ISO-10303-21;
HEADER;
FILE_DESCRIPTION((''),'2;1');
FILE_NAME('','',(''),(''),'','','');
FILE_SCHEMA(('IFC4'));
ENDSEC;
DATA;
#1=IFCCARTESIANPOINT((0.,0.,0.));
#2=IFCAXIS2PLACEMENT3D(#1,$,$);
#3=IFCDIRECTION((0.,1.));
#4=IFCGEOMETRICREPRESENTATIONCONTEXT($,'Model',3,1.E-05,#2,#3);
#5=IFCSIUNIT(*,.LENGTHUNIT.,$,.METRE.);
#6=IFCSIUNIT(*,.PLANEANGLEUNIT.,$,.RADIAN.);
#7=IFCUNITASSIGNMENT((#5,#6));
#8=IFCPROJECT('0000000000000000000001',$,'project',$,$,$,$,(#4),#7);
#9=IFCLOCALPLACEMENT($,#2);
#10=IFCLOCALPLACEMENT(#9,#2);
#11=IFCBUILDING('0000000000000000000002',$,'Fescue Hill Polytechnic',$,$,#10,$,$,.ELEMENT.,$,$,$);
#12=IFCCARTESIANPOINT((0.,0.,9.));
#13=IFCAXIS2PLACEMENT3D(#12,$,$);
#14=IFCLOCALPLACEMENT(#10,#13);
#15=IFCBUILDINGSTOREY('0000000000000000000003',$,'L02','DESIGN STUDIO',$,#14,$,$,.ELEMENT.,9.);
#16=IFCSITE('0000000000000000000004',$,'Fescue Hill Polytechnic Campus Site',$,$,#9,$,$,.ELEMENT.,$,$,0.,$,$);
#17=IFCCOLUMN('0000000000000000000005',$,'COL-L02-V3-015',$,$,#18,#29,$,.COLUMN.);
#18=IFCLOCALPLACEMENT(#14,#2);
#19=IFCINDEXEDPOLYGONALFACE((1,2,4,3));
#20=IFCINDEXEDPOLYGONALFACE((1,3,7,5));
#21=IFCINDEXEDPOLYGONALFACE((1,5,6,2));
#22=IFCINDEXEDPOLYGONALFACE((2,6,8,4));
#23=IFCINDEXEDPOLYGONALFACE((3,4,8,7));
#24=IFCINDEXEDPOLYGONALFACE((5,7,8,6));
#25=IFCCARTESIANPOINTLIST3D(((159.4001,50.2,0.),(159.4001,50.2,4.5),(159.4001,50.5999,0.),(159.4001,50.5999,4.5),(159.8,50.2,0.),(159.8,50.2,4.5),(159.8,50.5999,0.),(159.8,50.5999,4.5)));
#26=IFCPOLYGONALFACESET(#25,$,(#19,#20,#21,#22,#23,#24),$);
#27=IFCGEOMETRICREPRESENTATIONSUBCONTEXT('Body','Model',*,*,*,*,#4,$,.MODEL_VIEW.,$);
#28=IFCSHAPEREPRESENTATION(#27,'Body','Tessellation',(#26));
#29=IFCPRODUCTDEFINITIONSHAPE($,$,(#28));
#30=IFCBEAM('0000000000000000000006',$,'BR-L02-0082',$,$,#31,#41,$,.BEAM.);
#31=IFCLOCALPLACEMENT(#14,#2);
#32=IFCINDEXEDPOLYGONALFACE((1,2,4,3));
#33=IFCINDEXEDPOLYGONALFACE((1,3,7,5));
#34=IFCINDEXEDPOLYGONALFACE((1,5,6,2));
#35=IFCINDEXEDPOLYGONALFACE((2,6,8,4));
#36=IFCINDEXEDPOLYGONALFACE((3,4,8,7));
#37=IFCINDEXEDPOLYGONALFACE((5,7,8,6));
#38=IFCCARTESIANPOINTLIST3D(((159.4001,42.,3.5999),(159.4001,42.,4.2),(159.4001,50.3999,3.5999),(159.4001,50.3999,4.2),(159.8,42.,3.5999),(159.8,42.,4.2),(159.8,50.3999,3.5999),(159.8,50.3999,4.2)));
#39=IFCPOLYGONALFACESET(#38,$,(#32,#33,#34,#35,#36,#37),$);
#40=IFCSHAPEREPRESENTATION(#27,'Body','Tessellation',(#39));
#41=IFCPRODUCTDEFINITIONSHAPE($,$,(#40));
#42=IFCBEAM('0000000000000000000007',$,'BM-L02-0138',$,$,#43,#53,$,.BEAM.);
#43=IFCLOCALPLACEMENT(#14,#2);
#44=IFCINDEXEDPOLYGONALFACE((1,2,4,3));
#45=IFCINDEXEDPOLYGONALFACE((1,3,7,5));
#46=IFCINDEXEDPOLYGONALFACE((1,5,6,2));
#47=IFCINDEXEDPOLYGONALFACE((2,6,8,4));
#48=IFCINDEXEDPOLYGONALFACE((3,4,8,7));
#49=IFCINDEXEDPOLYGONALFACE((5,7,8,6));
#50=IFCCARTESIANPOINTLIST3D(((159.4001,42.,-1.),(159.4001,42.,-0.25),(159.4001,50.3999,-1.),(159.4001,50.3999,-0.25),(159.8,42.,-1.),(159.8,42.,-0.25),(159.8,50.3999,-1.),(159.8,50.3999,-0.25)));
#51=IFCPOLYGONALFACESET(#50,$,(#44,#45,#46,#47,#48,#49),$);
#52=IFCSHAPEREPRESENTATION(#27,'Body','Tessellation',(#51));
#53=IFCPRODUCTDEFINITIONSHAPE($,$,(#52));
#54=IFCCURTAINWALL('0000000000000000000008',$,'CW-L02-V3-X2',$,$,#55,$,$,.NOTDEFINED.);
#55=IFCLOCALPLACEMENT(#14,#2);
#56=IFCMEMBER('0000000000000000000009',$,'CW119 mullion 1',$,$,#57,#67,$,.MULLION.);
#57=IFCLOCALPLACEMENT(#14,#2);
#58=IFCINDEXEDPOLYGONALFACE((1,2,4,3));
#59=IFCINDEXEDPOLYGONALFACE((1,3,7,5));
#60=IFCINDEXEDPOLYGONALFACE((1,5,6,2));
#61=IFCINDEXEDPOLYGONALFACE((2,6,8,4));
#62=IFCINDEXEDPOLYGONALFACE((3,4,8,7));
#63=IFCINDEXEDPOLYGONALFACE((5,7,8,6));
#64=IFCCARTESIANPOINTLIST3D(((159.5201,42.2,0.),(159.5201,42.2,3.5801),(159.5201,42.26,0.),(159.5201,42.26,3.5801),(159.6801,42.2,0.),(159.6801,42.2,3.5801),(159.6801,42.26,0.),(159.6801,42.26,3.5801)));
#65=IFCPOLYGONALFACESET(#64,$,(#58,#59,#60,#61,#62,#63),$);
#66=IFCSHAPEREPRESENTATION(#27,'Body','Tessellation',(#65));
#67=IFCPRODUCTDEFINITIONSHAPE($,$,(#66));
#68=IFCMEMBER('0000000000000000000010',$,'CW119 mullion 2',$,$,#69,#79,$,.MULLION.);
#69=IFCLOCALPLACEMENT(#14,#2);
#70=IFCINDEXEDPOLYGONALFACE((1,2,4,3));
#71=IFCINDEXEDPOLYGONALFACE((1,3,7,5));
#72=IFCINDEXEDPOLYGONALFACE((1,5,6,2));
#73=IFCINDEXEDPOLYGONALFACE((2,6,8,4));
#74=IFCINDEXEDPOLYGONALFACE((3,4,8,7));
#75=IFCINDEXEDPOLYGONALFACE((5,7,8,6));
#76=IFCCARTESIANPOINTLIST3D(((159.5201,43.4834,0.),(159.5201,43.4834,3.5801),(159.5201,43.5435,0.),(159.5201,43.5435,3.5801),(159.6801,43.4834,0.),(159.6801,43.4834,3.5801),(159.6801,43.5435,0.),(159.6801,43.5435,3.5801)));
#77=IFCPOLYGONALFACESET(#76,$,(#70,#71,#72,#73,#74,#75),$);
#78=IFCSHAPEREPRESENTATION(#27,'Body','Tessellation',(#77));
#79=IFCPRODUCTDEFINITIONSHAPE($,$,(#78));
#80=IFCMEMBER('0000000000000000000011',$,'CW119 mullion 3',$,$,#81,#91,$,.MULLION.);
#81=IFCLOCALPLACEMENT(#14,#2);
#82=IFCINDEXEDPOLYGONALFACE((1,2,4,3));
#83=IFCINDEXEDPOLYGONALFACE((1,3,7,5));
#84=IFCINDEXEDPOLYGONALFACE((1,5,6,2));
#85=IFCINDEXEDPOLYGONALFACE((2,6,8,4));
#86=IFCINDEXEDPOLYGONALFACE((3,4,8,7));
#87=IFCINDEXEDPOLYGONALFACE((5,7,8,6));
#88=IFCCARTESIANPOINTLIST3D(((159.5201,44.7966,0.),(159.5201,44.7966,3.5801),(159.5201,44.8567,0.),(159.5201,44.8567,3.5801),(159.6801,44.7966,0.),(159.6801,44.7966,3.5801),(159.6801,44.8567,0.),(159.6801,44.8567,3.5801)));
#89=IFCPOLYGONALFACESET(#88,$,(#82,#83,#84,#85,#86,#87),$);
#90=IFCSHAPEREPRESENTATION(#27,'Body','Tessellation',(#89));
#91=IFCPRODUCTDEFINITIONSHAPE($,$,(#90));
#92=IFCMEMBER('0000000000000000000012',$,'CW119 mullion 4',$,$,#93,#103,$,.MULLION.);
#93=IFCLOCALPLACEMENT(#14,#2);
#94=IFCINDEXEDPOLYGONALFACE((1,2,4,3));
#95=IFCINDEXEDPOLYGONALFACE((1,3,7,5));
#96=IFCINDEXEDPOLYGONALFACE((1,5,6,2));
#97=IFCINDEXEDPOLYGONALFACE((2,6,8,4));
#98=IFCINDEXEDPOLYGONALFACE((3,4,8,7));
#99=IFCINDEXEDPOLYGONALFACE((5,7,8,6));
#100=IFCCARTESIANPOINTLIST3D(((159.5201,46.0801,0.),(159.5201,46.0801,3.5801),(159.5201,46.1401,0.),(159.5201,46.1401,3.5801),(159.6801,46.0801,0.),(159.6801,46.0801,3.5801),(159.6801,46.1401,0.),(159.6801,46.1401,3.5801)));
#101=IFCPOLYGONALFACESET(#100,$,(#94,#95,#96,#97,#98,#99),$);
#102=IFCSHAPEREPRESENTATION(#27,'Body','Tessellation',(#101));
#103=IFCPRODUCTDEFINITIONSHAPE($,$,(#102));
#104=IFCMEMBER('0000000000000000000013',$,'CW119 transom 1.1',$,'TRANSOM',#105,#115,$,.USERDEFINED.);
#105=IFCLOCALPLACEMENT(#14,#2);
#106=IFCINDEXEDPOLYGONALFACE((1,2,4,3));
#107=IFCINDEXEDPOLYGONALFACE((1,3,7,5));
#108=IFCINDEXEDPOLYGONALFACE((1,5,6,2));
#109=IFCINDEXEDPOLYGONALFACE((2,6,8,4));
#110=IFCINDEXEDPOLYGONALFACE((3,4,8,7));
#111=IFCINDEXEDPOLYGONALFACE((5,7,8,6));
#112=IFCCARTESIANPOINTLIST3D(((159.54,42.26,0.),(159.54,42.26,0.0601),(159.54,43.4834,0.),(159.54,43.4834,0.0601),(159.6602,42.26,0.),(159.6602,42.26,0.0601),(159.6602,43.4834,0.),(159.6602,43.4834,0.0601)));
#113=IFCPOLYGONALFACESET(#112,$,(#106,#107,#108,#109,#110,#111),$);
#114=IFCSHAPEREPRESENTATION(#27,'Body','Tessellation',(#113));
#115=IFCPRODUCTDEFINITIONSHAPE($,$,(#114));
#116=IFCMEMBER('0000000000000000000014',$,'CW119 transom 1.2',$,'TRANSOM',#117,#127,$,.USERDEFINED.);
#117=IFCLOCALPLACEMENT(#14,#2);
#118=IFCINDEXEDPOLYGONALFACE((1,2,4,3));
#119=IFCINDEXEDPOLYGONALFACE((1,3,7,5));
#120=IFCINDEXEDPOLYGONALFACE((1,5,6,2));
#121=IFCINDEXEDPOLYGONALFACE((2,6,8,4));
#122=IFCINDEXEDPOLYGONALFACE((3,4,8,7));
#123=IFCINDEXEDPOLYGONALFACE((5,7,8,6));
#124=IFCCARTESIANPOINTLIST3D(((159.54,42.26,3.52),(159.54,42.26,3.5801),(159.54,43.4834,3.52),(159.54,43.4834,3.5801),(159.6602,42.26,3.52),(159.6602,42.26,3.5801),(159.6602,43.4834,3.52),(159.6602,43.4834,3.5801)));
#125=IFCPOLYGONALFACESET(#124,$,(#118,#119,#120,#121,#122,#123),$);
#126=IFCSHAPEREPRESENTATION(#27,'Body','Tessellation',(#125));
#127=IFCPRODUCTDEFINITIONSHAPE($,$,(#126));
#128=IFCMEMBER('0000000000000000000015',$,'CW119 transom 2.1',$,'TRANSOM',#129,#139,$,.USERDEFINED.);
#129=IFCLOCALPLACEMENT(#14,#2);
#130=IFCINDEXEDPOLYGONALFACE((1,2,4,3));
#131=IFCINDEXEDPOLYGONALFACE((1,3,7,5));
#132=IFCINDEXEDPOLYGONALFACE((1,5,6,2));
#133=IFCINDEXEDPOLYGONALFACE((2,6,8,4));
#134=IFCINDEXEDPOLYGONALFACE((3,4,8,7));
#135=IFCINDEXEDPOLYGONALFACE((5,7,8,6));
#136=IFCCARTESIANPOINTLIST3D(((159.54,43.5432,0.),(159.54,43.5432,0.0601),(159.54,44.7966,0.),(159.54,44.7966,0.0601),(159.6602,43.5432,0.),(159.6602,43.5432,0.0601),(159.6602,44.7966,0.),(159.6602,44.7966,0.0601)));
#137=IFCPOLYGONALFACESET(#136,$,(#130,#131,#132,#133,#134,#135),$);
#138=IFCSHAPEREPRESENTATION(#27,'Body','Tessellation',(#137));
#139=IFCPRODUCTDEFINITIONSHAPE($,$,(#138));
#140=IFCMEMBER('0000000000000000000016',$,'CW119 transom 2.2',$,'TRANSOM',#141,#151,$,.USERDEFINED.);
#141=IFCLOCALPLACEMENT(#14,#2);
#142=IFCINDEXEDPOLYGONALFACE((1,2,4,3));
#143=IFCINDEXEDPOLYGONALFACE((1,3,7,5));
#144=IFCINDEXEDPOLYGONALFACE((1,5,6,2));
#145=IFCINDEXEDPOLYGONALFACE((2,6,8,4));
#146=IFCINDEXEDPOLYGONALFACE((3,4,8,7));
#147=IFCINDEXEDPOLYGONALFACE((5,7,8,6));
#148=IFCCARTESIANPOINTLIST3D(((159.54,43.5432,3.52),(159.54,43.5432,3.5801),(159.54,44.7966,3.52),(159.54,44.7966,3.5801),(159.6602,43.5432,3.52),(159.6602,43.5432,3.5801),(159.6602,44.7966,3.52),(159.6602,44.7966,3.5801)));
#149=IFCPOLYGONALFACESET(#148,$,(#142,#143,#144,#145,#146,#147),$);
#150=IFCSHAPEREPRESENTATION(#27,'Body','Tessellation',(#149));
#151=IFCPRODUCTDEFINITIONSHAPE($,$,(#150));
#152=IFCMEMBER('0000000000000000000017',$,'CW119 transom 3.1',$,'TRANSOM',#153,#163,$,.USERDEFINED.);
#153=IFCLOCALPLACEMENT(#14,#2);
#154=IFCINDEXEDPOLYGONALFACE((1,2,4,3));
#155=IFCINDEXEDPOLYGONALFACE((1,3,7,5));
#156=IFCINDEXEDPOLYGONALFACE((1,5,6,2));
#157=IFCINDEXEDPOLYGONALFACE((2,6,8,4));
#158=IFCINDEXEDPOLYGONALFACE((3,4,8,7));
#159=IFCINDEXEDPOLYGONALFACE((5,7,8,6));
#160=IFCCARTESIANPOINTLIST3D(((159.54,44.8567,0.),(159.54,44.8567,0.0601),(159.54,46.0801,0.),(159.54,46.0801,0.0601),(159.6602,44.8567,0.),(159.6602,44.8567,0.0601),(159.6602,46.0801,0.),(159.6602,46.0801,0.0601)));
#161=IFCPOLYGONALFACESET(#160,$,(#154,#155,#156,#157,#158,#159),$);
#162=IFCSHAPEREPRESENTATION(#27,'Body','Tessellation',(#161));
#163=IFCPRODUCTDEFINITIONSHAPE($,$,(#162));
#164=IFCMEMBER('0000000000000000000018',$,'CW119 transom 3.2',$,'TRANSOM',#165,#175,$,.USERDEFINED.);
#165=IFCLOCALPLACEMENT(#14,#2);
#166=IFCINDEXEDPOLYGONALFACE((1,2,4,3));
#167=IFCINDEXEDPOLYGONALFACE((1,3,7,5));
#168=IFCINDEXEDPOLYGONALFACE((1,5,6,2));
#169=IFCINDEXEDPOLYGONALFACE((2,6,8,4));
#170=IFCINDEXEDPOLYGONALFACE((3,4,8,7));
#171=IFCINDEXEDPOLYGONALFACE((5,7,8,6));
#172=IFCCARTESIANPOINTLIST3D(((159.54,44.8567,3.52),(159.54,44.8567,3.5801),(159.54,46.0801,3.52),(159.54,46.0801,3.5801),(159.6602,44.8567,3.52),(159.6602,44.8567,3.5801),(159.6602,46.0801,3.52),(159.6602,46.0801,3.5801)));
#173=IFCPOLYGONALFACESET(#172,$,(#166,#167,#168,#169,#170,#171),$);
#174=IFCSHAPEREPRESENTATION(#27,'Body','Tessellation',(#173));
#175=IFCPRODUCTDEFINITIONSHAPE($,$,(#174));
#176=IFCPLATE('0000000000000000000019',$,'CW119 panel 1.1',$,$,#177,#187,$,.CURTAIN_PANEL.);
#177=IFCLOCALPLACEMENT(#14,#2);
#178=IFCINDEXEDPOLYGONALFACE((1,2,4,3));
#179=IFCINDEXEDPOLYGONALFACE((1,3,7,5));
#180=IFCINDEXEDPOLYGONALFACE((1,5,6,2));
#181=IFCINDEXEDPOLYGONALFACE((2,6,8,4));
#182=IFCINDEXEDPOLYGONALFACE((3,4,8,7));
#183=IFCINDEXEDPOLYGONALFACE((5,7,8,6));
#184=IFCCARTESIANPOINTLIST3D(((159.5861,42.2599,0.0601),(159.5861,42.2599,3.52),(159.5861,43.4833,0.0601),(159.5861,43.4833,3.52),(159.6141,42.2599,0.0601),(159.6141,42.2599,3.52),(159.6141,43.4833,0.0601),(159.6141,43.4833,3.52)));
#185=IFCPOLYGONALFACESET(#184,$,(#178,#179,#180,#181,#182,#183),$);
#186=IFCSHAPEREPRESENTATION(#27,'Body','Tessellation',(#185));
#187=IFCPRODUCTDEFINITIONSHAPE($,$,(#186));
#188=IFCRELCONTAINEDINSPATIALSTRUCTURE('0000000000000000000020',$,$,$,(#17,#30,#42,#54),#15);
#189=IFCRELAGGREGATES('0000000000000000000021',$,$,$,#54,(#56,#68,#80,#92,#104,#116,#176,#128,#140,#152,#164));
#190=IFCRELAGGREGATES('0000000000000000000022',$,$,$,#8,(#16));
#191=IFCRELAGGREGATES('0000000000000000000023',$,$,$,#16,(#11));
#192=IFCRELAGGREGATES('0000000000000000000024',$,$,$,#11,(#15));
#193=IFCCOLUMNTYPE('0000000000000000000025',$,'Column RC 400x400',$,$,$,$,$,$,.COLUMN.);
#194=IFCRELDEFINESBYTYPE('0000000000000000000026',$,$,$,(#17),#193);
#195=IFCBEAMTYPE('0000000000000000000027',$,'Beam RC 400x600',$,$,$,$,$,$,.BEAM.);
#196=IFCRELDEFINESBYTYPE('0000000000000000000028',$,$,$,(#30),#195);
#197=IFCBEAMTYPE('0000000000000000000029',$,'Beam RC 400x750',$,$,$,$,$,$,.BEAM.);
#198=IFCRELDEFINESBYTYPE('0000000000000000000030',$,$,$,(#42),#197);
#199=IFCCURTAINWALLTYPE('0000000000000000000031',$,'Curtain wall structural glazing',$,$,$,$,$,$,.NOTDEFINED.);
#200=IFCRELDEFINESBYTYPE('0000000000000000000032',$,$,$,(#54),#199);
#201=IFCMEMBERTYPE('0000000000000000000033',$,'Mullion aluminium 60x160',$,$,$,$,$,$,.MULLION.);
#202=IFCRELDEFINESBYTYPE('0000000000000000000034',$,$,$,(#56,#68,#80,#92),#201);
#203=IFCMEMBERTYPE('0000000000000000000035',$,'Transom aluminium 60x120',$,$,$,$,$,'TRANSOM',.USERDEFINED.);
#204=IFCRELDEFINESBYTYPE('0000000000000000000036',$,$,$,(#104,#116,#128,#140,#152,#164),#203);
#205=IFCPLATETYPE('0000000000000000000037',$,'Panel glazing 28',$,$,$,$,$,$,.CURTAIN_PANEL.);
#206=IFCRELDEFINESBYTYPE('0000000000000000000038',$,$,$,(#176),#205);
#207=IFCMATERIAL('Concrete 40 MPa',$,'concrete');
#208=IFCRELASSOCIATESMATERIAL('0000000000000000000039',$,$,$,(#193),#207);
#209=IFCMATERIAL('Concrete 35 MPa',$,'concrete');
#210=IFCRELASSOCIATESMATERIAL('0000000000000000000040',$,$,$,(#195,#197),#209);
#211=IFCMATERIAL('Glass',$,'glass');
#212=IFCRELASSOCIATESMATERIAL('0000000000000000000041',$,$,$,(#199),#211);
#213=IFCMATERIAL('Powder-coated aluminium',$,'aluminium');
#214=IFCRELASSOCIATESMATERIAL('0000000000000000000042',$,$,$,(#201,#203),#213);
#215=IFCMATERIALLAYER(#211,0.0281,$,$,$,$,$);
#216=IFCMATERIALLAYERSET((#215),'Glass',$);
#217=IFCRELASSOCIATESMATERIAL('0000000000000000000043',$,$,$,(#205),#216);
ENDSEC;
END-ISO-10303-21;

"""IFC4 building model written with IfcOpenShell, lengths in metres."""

from ifc_helpers import new_model, si_unit, direction, frame, origin, origin_2d, place, context, subcontext, project, spatial, rectangle, extrude, material, layer, layer_set, material_profile, profile_set, type_object, element, aggregate, save


model = new_model("IFC4")

# Units and contexts
model_context = context("Model", 3, precision=1e-05, world=origin(), true_north=direction((0.0, 1.0)))
body_context = subcontext(model_context, "Body", "Model", "MODEL_VIEW")
ifc_project = project(units=[si_unit("LENGTHUNIT", "METRE"), si_unit("PLANEANGLEUNIT", "RADIAN")], contexts=[model_context])

# Site, building, storey
site_placement = place(None, origin())
site = spatial("IfcSite", under=ifc_project, at=site_placement, Name="Fescue Hill Polytechnic Campus Site", CompositionType="ELEMENT", RefElevation=0.0)
building_placement = place(site_placement, origin())
building = spatial("IfcBuilding", under=site, at=building_placement, Name="Fescue Hill Polytechnic", CompositionType="ELEMENT")
storey_placement = place(building_placement, frame((0.0, 0.0, 9.0)))
storey = spatial("IfcBuildingStorey", under=building, at=storey_placement, Name="L02", Description="DESIGN STUDIO", CompositionType="ELEMENT", Elevation=9.0)

# Column
ifc_material_1 = material(Name="Concrete 40 MPa", Category="concrete")
ifc_material_profile_1 = material_profile(ifc_material_1, rectangle(XDim=0.3999, YDim=0.3999, at=origin_2d()), Name="RC 400x400")
ifc_profile_set_1 = profile_set([ifc_material_profile_1], Name="Concrete 40 MPa")
column_type = type_object("IfcColumnType", Name="Column RC 400x400", PredefinedType="COLUMN", material=ifc_profile_set_1)
column_placement = place(storey_placement, frame((159.6001, 50.3999, 0.0), z_axis=(0.0, 0.0, 1.0), x_axis=(1.0, 0.0, 0.0)))
element("IfcColumn", 1, at=column_placement, inside=storey, type_object=column_type, Name="COL-L02-V3-015", PredefinedType="COLUMN", context=body_context, shape_type="SweptSolid", body=[
    extrude(rectangle(XDim=0.3999, YDim=0.3999, at=origin_2d()), origin(), (0.0, 0.0, 1.0), 4.5),
])

# Beams
ifc_material_2 = material(Name="Concrete 35 MPa", Category="concrete")
ifc_material_profile_2 = material_profile(ifc_material_2, rectangle(XDim=0.3999, YDim=0.6001, at=origin_2d()), Name="RC 400x600")
ifc_profile_set_2 = profile_set([ifc_material_profile_2], Name="Concrete 35 MPa")
beam_type_1 = type_object("IfcBeamType", Name="Beam RC 400x600", PredefinedType="BEAM", material=ifc_profile_set_2)
beam_1_placement = place(storey_placement, frame((159.6001, 42.0, 3.8999), z_axis=(0.0, 1.0, 0.0), x_axis=(-1.0, 0.0, 0.0)))
element("IfcBeam", 2, at=beam_1_placement, inside=storey, type_object=beam_type_1, Name="BR-L02-0082", PredefinedType="BEAM", context=body_context, shape_type="SweptSolid", body=[
    extrude(rectangle(XDim=0.3999, YDim=0.6001, at=origin_2d()), origin(), (0.0, 0.0, 1.0), 8.3999),
])
ifc_material_profile_3 = material_profile(ifc_material_2, rectangle(XDim=0.3999, YDim=0.75, at=origin_2d()), Name="RC 400x750")
ifc_profile_set_3 = profile_set([ifc_material_profile_3], Name="Concrete 35 MPa")
beam_type_2 = type_object("IfcBeamType", Name="Beam RC 400x750", PredefinedType="BEAM", material=ifc_profile_set_3)
beam_2_placement = place(storey_placement, frame((159.6001, 42.0, -0.625), z_axis=(0.0, 1.0, 0.0), x_axis=(-1.0, 0.0, 0.0)))
element("IfcBeam", 3, at=beam_2_placement, inside=storey, type_object=beam_type_2, Name="BM-L02-0138", PredefinedType="BEAM", context=body_context, shape_type="SweptSolid", body=[
    extrude(rectangle(XDim=0.3999, YDim=0.75, at=origin_2d()), origin(), (0.0, 0.0, 1.0), 8.3999),
])

# Curtain wall, members, plate
ifc_material_3 = material(Name="Glass", Category="glass")
curtain_wall_type = type_object("IfcCurtainWallType", Name="Curtain wall structural glazing", PredefinedType="NOTDEFINED", material=ifc_material_3)
curtain_wall_placement = place(storey_placement, origin())
curtain_wall = element("IfcCurtainWall", 4, at=curtain_wall_placement, inside=storey, type_object=curtain_wall_type, Name="CW-L02-V3-X2", PredefinedType="NOTDEFINED")
ifc_material_4 = material(Name="Powder-coated aluminium", Category="aluminium")
ifc_material_profile_4 = material_profile(ifc_material_4, rectangle(XDim=0.1599, YDim=0.0601, at=origin_2d()), Name="Mullion aluminium 60x160")
ifc_profile_set_4 = profile_set([ifc_material_profile_4], Name="Powder-coated aluminium")
member_type_1 = type_object("IfcMemberType", Name="Mullion aluminium 60x160", PredefinedType="MULLION", material=ifc_profile_set_4)
member_1_placement = place(storey_placement, frame((159.6001, 42.23, 0.0), z_axis=(0.0, 0.0, 1.0), x_axis=(-1.0, 0.0, 0.0)))
member_1 = element("IfcMember", 5, at=member_1_placement, type_object=member_type_1, Name="CW119 mullion 1", PredefinedType="MULLION", context=body_context, shape_type="SweptSolid", body=[
    extrude(rectangle(XDim=0.1599, YDim=0.0601, at=origin_2d()), origin(), (0.0, 0.0, 1.0), 3.5801),
])
member_2_placement = place(storey_placement, frame((159.6001, 43.5134, 0.0), z_axis=(0.0, 0.0, 1.0), x_axis=(-1.0, 0.0, 0.0)))
member_2 = element("IfcMember", 6, at=member_2_placement, type_object=member_type_1, Name="CW119 mullion 2", PredefinedType="MULLION", context=body_context, shape_type="SweptSolid", body=[
    extrude(rectangle(XDim=0.1599, YDim=0.0601, at=origin_2d()), origin(), (0.0, 0.0, 1.0), 3.5801),
])
member_3_placement = place(storey_placement, frame((159.6001, 44.8267, 0.0), z_axis=(0.0, 0.0, 1.0), x_axis=(-1.0, 0.0, 0.0)))
member_3 = element("IfcMember", 7, at=member_3_placement, type_object=member_type_1, Name="CW119 mullion 3", PredefinedType="MULLION", context=body_context, shape_type="SweptSolid", body=[
    extrude(rectangle(XDim=0.1599, YDim=0.0601, at=origin_2d()), origin(), (0.0, 0.0, 1.0), 3.5801),
])
member_4_placement = place(storey_placement, frame((159.6001, 46.1101, 0.0), z_axis=(0.0, 0.0, 1.0), x_axis=(-1.0, 0.0, 0.0)))
member_4 = element("IfcMember", 8, at=member_4_placement, type_object=member_type_1, Name="CW119 mullion 4", PredefinedType="MULLION", context=body_context, shape_type="SweptSolid", body=[
    extrude(rectangle(XDim=0.1599, YDim=0.0601, at=origin_2d()), origin(), (0.0, 0.0, 1.0), 3.5801),
])
ifc_material_profile_5 = material_profile(ifc_material_4, rectangle(XDim=0.1201, YDim=0.0601, at=origin_2d()), Name="Transom aluminium 60x120")
ifc_profile_set_5 = profile_set([ifc_material_profile_5], Name="Powder-coated aluminium")
member_type_2 = type_object("IfcMemberType", Name="Transom aluminium 60x120", ElementType="TRANSOM", PredefinedType="USERDEFINED", material=ifc_profile_set_5)
member_5_placement = place(storey_placement, frame((159.6001, 42.26, 0.03), z_axis=(0.0, 1.0, 0.0), x_axis=(-1.0, 0.0, 0.0)))
member_5 = element("IfcMember", 9, at=member_5_placement, type_object=member_type_2, Name="CW119 transom 1.1", ObjectType="TRANSOM", PredefinedType="USERDEFINED", context=body_context, shape_type="SweptSolid", body=[
    extrude(rectangle(XDim=0.1201, YDim=0.0601, at=origin_2d()), origin(), (0.0, 0.0, 1.0), 1.2234),
])
member_6_placement = place(storey_placement, frame((159.6001, 42.26, 3.55), z_axis=(0.0, 1.0, 0.0), x_axis=(-1.0, 0.0, 0.0)))
member_6 = element("IfcMember", 10, at=member_6_placement, type_object=member_type_2, Name="CW119 transom 1.2", ObjectType="TRANSOM", PredefinedType="USERDEFINED", context=body_context, shape_type="SweptSolid", body=[
    extrude(rectangle(XDim=0.1201, YDim=0.0601, at=origin_2d()), origin(), (0.0, 0.0, 1.0), 1.2234),
])
member_7_placement = place(storey_placement, frame((159.6001, 43.5432, 0.03), z_axis=(0.0, 1.0, 0.0), x_axis=(-1.0, 0.0, 0.0)))
member_7 = element("IfcMember", 11, at=member_7_placement, type_object=member_type_2, Name="CW119 transom 2.1", ObjectType="TRANSOM", PredefinedType="USERDEFINED", context=body_context, shape_type="SweptSolid", body=[
    extrude(rectangle(XDim=0.1201, YDim=0.0601, at=origin_2d()), origin(), (0.0, 0.0, 1.0), 1.2534),
])
member_8_placement = place(storey_placement, frame((159.6001, 43.5432, 3.55), z_axis=(0.0, 1.0, 0.0), x_axis=(-1.0, 0.0, 0.0)))
member_8 = element("IfcMember", 12, at=member_8_placement, type_object=member_type_2, Name="CW119 transom 2.2", ObjectType="TRANSOM", PredefinedType="USERDEFINED", context=body_context, shape_type="SweptSolid", body=[
    extrude(rectangle(XDim=0.1201, YDim=0.0601, at=origin_2d()), origin(), (0.0, 0.0, 1.0), 1.2534),
])
member_9_placement = place(storey_placement, frame((159.6001, 44.8567, 0.03), z_axis=(0.0, 1.0, 0.0), x_axis=(-1.0, 0.0, 0.0)))
member_9 = element("IfcMember", 13, at=member_9_placement, type_object=member_type_2, Name="CW119 transom 3.1", ObjectType="TRANSOM", PredefinedType="USERDEFINED", context=body_context, shape_type="SweptSolid", body=[
    extrude(rectangle(XDim=0.1201, YDim=0.0601, at=origin_2d()), origin(), (0.0, 0.0, 1.0), 1.2234),
])
member_10_placement = place(storey_placement, frame((159.6001, 44.8567, 3.55), z_axis=(0.0, 1.0, 0.0), x_axis=(-1.0, 0.0, 0.0)))
member_10 = element("IfcMember", 14, at=member_10_placement, type_object=member_type_2, Name="CW119 transom 3.2", ObjectType="TRANSOM", PredefinedType="USERDEFINED", context=body_context, shape_type="SweptSolid", body=[
    extrude(rectangle(XDim=0.1201, YDim=0.0601, at=origin_2d()), origin(), (0.0, 0.0, 1.0), 1.2234),
])
ifc_layer_1 = layer(ifc_material_3, 0.0281)
ifc_layer_set_1 = layer_set([ifc_layer_1], Name="Glass")
plate_type = type_object("IfcPlateType", Name="Panel glazing 28", PredefinedType="CURTAIN_PANEL", material=ifc_layer_set_1)
plate_1_placement = place(storey_placement, frame((159.6001, 42.8716, 0.0601), z_axis=(0.0, 0.0, 1.0), x_axis=(0.0, 1.0, 0.0)))
plate_1 = element("IfcPlate", 15, at=plate_1_placement, type_object=plate_type, Name="CW119 panel 1.1", PredefinedType="CURTAIN_PANEL", context=body_context, shape_type="SweptSolid", body=[
    extrude(rectangle(XDim=1.2234, YDim=0.0281, at=origin_2d()), origin(), (0.0, 0.0, 1.0), 3.46),
])
aggregate(curtain_wall, [member_1, member_2, member_3, member_4, member_5, member_6, plate_1, member_7, member_8, member_9, member_10])

save(model, "model.ifc")
